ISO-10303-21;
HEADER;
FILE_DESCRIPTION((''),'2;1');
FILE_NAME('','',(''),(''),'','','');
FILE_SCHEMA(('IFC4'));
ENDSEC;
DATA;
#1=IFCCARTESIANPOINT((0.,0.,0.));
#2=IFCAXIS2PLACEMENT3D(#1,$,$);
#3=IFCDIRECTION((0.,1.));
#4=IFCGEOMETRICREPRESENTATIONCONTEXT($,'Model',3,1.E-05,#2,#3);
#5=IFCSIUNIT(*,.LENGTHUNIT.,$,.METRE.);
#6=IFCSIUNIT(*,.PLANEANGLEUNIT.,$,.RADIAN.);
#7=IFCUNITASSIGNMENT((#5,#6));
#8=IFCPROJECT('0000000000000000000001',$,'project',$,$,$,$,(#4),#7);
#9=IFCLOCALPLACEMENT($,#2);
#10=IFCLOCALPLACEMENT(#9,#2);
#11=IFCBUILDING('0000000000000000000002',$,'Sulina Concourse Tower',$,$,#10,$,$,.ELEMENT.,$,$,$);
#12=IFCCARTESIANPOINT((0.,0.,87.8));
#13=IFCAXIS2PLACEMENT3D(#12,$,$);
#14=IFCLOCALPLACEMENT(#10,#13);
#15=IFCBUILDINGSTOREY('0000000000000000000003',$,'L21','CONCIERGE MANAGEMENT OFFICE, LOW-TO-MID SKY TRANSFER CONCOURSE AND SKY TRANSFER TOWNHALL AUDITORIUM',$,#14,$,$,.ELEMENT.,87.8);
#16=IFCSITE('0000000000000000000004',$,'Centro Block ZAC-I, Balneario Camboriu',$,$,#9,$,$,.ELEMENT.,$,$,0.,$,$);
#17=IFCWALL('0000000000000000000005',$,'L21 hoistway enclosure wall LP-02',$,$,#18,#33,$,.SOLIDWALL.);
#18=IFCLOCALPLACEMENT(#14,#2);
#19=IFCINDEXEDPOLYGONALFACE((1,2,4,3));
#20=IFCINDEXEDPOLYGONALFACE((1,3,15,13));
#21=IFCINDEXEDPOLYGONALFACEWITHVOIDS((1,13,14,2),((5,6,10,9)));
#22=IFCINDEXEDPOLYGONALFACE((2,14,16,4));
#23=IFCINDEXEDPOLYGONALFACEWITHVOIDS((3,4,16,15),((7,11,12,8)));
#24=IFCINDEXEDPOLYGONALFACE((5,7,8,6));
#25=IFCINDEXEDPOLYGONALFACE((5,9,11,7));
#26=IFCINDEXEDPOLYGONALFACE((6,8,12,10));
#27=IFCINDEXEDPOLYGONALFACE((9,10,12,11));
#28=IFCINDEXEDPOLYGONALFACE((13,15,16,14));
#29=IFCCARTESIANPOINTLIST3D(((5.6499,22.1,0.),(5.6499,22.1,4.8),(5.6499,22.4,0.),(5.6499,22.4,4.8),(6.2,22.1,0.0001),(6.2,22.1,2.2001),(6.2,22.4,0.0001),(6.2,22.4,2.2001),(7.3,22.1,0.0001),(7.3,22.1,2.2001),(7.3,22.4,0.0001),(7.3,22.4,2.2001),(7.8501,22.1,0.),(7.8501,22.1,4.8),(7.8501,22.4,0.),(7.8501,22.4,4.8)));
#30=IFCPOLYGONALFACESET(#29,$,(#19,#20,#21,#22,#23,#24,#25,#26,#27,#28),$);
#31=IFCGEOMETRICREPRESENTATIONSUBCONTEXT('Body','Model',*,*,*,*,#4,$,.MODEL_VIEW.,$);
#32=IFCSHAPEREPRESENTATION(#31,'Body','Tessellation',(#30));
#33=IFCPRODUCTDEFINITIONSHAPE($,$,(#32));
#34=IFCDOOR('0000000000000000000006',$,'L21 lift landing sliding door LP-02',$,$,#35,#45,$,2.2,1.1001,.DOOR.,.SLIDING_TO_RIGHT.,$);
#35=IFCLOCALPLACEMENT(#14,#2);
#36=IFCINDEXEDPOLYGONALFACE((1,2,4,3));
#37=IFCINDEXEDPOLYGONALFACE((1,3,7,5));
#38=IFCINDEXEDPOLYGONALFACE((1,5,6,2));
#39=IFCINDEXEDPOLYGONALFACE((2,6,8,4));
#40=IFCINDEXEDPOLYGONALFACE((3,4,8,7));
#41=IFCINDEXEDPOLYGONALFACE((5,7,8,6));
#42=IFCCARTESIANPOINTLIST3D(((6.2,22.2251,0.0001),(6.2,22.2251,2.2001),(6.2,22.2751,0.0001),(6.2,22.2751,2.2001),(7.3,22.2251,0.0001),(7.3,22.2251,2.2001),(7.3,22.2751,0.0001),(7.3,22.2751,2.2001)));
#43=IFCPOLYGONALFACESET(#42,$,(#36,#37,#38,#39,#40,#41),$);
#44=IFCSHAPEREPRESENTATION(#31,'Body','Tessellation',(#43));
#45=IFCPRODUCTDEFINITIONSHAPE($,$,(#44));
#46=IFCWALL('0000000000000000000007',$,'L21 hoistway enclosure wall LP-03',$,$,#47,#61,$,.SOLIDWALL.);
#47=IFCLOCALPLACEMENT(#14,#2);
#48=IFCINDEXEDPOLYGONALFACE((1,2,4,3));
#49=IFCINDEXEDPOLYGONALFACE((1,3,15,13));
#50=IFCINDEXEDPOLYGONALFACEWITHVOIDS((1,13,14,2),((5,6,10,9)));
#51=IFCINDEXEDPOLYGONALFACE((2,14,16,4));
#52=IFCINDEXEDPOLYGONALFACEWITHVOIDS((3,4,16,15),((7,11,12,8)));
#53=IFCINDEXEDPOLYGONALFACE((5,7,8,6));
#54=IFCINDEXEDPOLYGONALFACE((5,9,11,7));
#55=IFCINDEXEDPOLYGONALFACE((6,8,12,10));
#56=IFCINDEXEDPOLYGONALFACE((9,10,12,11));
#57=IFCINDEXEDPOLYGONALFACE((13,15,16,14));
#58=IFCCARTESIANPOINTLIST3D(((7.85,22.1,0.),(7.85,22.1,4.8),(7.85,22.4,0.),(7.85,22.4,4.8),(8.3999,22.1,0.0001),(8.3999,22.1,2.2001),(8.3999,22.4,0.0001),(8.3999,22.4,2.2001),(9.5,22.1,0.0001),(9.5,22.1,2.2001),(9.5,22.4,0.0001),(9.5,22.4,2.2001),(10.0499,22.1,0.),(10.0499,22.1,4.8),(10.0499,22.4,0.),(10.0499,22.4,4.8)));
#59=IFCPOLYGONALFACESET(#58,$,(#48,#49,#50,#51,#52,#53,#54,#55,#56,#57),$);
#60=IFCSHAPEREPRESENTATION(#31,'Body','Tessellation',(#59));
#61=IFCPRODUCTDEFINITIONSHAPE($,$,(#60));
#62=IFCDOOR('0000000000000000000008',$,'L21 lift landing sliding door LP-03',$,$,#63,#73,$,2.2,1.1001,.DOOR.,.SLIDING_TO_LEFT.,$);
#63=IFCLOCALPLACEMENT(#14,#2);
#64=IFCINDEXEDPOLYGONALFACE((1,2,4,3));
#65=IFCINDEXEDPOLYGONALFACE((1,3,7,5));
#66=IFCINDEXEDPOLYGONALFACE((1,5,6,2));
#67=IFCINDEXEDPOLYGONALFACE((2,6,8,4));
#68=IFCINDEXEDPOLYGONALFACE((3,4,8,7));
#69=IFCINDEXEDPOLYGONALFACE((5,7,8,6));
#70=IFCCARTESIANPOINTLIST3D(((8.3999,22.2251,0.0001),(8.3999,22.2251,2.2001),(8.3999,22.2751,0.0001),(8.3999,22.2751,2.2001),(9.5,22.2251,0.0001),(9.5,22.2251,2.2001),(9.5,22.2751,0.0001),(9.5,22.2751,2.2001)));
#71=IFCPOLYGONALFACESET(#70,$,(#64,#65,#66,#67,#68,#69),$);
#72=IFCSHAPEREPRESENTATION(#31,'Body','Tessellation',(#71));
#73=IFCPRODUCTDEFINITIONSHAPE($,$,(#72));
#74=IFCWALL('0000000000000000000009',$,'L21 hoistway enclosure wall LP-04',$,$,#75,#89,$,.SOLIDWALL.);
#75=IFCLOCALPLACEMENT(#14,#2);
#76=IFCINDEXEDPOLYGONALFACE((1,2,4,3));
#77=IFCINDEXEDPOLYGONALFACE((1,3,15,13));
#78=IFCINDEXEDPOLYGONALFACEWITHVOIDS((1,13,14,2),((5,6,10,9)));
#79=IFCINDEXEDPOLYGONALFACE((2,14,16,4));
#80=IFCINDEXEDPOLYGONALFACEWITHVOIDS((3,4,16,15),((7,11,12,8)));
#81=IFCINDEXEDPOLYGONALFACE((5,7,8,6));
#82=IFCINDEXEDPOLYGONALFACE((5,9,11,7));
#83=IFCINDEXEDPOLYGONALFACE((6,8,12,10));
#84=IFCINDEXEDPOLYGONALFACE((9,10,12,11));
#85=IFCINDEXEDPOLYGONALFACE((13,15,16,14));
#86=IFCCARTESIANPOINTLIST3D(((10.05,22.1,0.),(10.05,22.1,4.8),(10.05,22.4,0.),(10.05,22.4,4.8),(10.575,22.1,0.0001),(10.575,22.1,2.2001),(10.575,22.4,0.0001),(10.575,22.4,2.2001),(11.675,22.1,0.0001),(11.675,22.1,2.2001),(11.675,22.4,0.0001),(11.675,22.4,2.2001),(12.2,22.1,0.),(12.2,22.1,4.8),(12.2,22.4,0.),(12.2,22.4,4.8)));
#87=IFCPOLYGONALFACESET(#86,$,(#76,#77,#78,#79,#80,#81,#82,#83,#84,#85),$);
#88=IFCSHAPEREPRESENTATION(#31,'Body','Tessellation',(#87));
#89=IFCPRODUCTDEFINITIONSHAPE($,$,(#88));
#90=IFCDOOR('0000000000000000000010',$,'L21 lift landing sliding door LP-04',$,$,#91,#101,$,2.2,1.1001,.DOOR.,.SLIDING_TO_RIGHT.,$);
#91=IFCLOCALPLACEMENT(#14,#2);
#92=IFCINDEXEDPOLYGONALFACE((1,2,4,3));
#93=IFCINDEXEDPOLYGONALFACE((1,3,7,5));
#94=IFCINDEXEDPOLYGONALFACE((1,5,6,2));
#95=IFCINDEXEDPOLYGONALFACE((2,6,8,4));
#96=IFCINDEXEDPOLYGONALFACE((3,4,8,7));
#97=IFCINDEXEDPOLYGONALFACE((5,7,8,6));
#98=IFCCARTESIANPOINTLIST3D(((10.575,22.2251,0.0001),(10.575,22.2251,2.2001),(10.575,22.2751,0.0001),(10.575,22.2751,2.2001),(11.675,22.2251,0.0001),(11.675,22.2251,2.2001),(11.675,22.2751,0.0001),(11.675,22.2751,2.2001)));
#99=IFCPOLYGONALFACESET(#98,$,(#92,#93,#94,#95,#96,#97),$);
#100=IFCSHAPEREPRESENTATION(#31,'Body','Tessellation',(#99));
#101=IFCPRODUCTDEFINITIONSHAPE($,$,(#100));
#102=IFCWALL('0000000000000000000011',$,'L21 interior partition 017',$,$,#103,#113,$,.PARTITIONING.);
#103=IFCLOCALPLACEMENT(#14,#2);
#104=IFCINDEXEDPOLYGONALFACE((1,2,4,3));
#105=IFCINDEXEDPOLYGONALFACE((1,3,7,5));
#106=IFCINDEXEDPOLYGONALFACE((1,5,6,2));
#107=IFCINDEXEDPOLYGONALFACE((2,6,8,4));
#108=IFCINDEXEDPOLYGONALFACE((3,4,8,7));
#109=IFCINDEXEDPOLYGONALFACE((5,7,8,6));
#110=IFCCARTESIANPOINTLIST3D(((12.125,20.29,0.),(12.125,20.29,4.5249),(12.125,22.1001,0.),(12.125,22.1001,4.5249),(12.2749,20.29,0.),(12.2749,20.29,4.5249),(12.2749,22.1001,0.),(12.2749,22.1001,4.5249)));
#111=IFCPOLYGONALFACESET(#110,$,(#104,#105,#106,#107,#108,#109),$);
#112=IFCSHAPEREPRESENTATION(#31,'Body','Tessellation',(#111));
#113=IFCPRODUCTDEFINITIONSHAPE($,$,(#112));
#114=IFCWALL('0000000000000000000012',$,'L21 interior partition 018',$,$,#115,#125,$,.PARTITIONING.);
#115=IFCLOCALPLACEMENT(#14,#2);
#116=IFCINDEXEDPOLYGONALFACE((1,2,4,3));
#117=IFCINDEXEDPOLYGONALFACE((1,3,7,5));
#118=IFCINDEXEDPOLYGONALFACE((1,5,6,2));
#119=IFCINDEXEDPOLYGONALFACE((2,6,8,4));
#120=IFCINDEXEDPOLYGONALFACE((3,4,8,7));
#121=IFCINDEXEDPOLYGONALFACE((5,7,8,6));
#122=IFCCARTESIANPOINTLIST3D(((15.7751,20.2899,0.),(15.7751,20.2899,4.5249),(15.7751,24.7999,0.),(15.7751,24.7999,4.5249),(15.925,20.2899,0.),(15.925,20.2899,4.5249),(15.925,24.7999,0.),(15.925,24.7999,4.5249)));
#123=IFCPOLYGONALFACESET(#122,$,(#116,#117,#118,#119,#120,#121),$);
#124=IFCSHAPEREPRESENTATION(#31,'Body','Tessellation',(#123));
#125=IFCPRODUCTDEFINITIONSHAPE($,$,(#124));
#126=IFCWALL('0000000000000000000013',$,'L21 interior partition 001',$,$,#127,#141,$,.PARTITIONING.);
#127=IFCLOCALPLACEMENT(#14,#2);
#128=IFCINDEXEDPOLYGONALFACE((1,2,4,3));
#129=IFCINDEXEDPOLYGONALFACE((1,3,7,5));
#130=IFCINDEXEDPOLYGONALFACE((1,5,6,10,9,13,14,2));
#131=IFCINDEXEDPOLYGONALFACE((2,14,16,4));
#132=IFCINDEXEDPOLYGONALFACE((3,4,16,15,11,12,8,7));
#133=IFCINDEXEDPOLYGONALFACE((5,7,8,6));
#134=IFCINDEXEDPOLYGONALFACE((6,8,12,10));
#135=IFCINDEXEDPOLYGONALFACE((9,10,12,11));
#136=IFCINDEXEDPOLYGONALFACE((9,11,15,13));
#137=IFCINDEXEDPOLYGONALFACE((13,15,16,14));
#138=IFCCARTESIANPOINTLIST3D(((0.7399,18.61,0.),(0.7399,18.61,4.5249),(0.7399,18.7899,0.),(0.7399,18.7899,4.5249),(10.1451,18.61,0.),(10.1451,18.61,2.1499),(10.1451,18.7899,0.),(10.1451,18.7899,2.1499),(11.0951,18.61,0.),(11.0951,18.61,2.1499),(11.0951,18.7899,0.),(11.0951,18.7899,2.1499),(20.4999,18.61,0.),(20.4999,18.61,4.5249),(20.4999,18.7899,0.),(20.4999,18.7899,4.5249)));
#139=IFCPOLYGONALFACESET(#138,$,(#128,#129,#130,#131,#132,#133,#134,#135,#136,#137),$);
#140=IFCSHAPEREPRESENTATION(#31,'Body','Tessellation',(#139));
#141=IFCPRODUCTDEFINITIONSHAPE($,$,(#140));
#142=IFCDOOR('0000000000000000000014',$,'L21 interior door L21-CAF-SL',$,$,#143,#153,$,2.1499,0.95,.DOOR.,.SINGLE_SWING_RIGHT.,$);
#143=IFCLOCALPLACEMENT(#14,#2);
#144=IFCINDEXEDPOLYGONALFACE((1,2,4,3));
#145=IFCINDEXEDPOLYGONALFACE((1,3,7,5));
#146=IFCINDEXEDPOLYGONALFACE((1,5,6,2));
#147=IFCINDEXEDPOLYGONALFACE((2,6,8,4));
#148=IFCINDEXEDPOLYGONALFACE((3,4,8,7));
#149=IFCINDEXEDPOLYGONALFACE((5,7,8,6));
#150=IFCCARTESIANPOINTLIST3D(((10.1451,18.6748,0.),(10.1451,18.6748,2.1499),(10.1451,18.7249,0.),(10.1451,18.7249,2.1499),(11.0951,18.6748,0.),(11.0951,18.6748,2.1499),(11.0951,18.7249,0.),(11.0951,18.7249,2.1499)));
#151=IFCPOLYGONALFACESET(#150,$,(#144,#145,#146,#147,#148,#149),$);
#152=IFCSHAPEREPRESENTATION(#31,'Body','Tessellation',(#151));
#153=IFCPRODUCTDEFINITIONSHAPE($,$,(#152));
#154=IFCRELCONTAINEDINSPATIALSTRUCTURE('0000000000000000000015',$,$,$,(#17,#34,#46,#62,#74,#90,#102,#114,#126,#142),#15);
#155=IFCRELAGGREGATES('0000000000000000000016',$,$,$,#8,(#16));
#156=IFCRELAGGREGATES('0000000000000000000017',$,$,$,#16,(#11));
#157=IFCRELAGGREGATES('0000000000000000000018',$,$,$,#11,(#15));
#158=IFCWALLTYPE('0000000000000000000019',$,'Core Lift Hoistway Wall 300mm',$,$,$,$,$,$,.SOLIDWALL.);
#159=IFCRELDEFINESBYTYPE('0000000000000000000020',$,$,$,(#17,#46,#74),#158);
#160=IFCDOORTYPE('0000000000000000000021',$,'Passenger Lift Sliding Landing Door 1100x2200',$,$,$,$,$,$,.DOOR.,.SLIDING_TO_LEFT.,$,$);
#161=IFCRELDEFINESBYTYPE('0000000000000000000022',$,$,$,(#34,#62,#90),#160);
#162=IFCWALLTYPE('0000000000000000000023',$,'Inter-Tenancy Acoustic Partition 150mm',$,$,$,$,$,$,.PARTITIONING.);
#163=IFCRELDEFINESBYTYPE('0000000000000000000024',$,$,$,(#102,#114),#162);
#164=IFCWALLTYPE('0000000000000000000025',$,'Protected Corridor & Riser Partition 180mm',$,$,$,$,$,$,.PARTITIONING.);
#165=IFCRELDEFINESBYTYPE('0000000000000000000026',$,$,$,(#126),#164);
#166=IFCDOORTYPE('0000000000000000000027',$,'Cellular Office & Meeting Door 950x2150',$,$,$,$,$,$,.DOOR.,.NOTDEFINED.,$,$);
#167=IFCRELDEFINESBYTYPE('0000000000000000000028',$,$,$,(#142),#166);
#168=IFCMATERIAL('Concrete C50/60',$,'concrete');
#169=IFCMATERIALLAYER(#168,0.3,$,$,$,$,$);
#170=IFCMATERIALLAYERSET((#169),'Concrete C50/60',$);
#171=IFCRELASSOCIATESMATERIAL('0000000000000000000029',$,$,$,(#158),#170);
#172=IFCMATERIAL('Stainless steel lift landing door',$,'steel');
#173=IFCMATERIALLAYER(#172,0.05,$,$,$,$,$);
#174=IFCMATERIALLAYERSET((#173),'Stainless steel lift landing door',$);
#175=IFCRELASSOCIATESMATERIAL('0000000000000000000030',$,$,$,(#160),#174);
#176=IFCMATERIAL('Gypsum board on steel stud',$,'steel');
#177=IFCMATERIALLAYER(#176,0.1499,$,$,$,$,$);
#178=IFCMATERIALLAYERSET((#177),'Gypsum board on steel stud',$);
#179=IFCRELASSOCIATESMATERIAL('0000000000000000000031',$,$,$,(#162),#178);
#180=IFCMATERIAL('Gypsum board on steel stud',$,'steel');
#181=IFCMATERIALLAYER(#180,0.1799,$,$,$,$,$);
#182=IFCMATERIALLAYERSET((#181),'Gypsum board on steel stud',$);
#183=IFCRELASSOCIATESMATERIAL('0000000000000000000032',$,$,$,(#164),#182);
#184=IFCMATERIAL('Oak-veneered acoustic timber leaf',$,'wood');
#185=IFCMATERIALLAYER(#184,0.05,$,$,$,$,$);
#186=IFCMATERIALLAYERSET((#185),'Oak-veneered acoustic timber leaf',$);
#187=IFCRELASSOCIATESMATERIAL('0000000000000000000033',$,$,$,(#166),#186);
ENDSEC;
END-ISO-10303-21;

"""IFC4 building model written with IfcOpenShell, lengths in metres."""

from ifc_helpers import new_model, si_unit, direction, frame, frame_2d, origin, place, context, subcontext, project, spatial, rectangle, extrude, material, layer, layer_set, type_object, element, fill, save


model = new_model("IFC4")

# Units and contexts
model_context = context("Model", 3, precision=1e-05, world=origin(), true_north=direction((0.0, 1.0)))
body_context = subcontext(model_context, "Body", "Model", "MODEL_VIEW")
ifc_project = project(units=[si_unit("LENGTHUNIT", "METRE"), si_unit("PLANEANGLEUNIT", "RADIAN")], contexts=[model_context])

# Site, building, storey
site_placement = place(None, origin())
site = spatial("IfcSite", under=ifc_project, at=site_placement, Name="Centro Block ZAC-I, Balneario Camboriu", CompositionType="ELEMENT", RefElevation=0.0)
building_placement = place(site_placement, origin())
building = spatial("IfcBuilding", under=site, at=building_placement, Name="Sulina Concourse Tower", CompositionType="ELEMENT")
storey_placement = place(building_placement, frame((0.0, 0.0, 87.8)))
storey = spatial("IfcBuildingStorey", under=building, at=storey_placement, Name="L21", Description="CONCIERGE MANAGEMENT OFFICE, LOW-TO-MID SKY TRANSFER CONCOURSE AND SKY TRANSFER TOWNHALL AUDITORIUM", CompositionType="ELEMENT", Elevation=87.8)

# Walls, openings, doors
ifc_material_1 = material(Name="Concrete C50/60", Category="concrete")
ifc_layer_1 = layer(ifc_material_1, 0.3)
ifc_layer_set_1 = layer_set([ifc_layer_1], Name="Concrete C50/60")
wall_type_1 = type_object("IfcWallType", Name="Core Lift Hoistway Wall 300mm", PredefinedType="SOLIDWALL", material=ifc_layer_set_1)
ifc_material_2 = material(Name="Stainless steel lift landing door", Category="steel")
ifc_layer_2 = layer(ifc_material_2, 0.05)
ifc_layer_set_2 = layer_set([ifc_layer_2], Name="Stainless steel lift landing door")
door_type_1 = type_object("IfcDoorType", Name="Passenger Lift Sliding Landing Door 1100x2200", OperationType="SLIDING_TO_LEFT", PredefinedType="DOOR", material=ifc_layer_set_2)
wall_1_placement = place(storey_placement, frame((7.8501, 22.25, 0.0), z_axis=(0.0, 0.0, 1.0), x_axis=(-1.0, 0.0, 0.0)))
wall_1 = element("IfcWall", 1, at=wall_1_placement, inside=storey, type_object=wall_type_1, Name="L21 hoistway enclosure wall LP-02", PredefinedType="SOLIDWALL", context=body_context, shape_type="SweptSolid", body=[
    extrude(rectangle(XDim=2.2002, YDim=0.3, at=frame_2d((1.1001, 0.0))), origin(), (0.0, 0.0, 1.0), 4.8),
])
opening_1_placement = place(wall_1_placement, frame((0.55, 0.0, 0.0)))
opening_1 = element("IfcOpeningElement", 2, at=opening_1_placement, cuts=wall_1, PredefinedType="OPENING", context=body_context, shape_type="SweptSolid", body=[
    extrude(rectangle(XDim=1.1001, YDim=2.2, at=frame_2d((0.55, 1.1001))), frame((0.0, 0.1599, 0.0), z_axis=(0.0, -1.0, 0.0), x_axis=(1.0, 0.0, 0.0)), (0.0, 0.0, 1.0), 0.3201),
])
door_1_placement = place(opening_1_placement, origin())
door_1 = element("IfcDoor", 3, at=door_1_placement, inside=storey, type_object=door_type_1, Name="L21 lift landing sliding door LP-02", OperationType="SLIDING_TO_RIGHT", OverallHeight=2.2, OverallWidth=1.1001, PredefinedType="DOOR", context=body_context, shape_type="SweptSolid", body=[
    extrude(rectangle(XDim=1.1001, YDim=2.2, at=frame_2d((0.55, 1.1001))), frame((0.0, 0.0249, 0.0), z_axis=(0.0, -1.0, 0.0), x_axis=(1.0, 0.0, 0.0)), (0.0, 0.0, 1.0), 0.05),
])
fill(opening_1, door_1)
wall_2_placement = place(storey_placement, frame((10.05, 22.25, 0.0), z_axis=(0.0, 0.0, 1.0), x_axis=(-1.0, 0.0, 0.0)))
wall_2 = element("IfcWall", 4, at=wall_2_placement, inside=storey, type_object=wall_type_1, Name="L21 hoistway enclosure wall LP-03", PredefinedType="SOLIDWALL", context=body_context, shape_type="SweptSolid", body=[
    extrude(rectangle(XDim=2.2, YDim=0.3, at=frame_2d((1.1001, 0.0))), origin(), (0.0, 0.0, 1.0), 4.8),
])
opening_2_placement = place(wall_2_placement, frame((0.55, 0.0, 0.0)))
opening_2 = element("IfcOpeningElement", 5, at=opening_2_placement, cuts=wall_2, PredefinedType="OPENING", context=body_context, shape_type="SweptSolid", body=[
    extrude(rectangle(XDim=1.1001, YDim=2.2, at=frame_2d((0.55, 1.1001))), frame((0.0, 0.1599, 0.0), z_axis=(0.0, -1.0, 0.0), x_axis=(1.0, 0.0, 0.0)), (0.0, 0.0, 1.0), 0.3201),
])
door_2_placement = place(opening_2_placement, origin())
door_2 = element("IfcDoor", 6, at=door_2_placement, inside=storey, type_object=door_type_1, Name="L21 lift landing sliding door LP-03", OperationType="SLIDING_TO_LEFT", OverallHeight=2.2, OverallWidth=1.1001, PredefinedType="DOOR", context=body_context, shape_type="SweptSolid", body=[
    extrude(rectangle(XDim=1.1001, YDim=2.2, at=frame_2d((0.55, 1.1001))), frame((0.0, 0.0249, 0.0), z_axis=(0.0, -1.0, 0.0), x_axis=(1.0, 0.0, 0.0)), (0.0, 0.0, 1.0), 0.05),
])
fill(opening_2, door_2)
wall_3_placement = place(storey_placement, frame((12.2, 22.25, 0.0), z_axis=(0.0, 0.0, 1.0), x_axis=(-1.0, 0.0, 0.0)))
wall_3 = element("IfcWall", 7, at=wall_3_placement, inside=storey, type_object=wall_type_1, Name="L21 hoistway enclosure wall LP-04", PredefinedType="SOLIDWALL", context=body_context, shape_type="SweptSolid", body=[
    extrude(rectangle(XDim=2.1499, YDim=0.3, at=frame_2d((1.075, 0.0))), origin(), (0.0, 0.0, 1.0), 4.8),
])
opening_3_placement = place(wall_3_placement, frame((0.5249, 0.0, 0.0)))
opening_3 = element("IfcOpeningElement", 8, at=opening_3_placement, cuts=wall_3, PredefinedType="OPENING", context=body_context, shape_type="SweptSolid", body=[
    extrude(rectangle(XDim=1.1001, YDim=2.2, at=frame_2d((0.55, 1.1001))), frame((0.0, 0.1599, 0.0), z_axis=(0.0, -1.0, 0.0), x_axis=(1.0, 0.0, 0.0)), (0.0, 0.0, 1.0), 0.3201),
])
door_3_placement = place(opening_3_placement, origin())
door_3 = element("IfcDoor", 9, at=door_3_placement, inside=storey, type_object=door_type_1, Name="L21 lift landing sliding door LP-04", OperationType="SLIDING_TO_RIGHT", OverallHeight=2.2, OverallWidth=1.1001, PredefinedType="DOOR", context=body_context, shape_type="SweptSolid", body=[
    extrude(rectangle(XDim=1.1001, YDim=2.2, at=frame_2d((0.55, 1.1001))), frame((0.0, 0.0249, 0.0), z_axis=(0.0, -1.0, 0.0), x_axis=(1.0, 0.0, 0.0)), (0.0, 0.0, 1.0), 0.05),
])
fill(opening_3, door_3)

# Walls
ifc_material_3 = material(Name="Gypsum board on steel stud", Category="steel")
ifc_layer_3 = layer(ifc_material_3, 0.1499)
ifc_layer_set_3 = layer_set([ifc_layer_3], Name="Gypsum board on steel stud")
wall_type_2 = type_object("IfcWallType", Name="Inter-Tenancy Acoustic Partition 150mm", PredefinedType="PARTITIONING", material=ifc_layer_set_3)
wall_4_placement = place(storey_placement, frame((12.2, 20.29, 0.0), z_axis=(0.0, 0.0, 1.0), x_axis=(0.0, 1.0, 0.0)))
element("IfcWall", 10, at=wall_4_placement, inside=storey, type_object=wall_type_2, Name="L21 interior partition 017", PredefinedType="PARTITIONING", context=body_context, shape_type="SweptSolid", body=[
    extrude(rectangle(XDim=1.8101, YDim=0.1499, at=frame_2d((0.905, 0.0))), origin(), (0.0, 0.0, 1.0), 4.5249),
])
wall_5_placement = place(storey_placement, frame((15.8501, 20.29, 0.0), z_axis=(0.0, 0.0, 1.0), x_axis=(0.0, 1.0, 0.0)))
element("IfcWall", 11, at=wall_5_placement, inside=storey, type_object=wall_type_2, Name="L21 interior partition 018", PredefinedType="PARTITIONING", context=body_context, shape_type="SweptSolid", body=[
    extrude(rectangle(XDim=4.51, YDim=0.1499, at=frame_2d((2.2549, 0.0))), origin(), (0.0, 0.0, 1.0), 4.5249),
])

# Wall, opening, door
ifc_material_4 = material(Name="Gypsum board on steel stud", Category="steel")
ifc_layer_4 = layer(ifc_material_4, 0.1799)
ifc_layer_set_4 = layer_set([ifc_layer_4], Name="Gypsum board on steel stud")
wall_type_3 = type_object("IfcWallType", Name="Protected Corridor & Riser Partition 180mm", PredefinedType="PARTITIONING", material=ifc_layer_set_4)
wall_6_placement = place(storey_placement, frame((0.74, 18.7, 0.0), z_axis=(0.0, 0.0, 1.0), x_axis=(1.0, 0.0, 0.0)))
wall_6 = element("IfcWall", 12, at=wall_6_placement, inside=storey, type_object=wall_type_3, Name="L21 interior partition 001", PredefinedType="PARTITIONING", context=body_context, shape_type="SweptSolid", body=[
    extrude(rectangle(XDim=19.76, YDim=0.1799, at=frame_2d((9.8799, 0.0))), origin(), (0.0, 0.0, 1.0), 4.5249),
])
opening_4_placement = place(wall_6_placement, frame((9.405, 0.0, 0.0)))
opening_4 = element("IfcOpeningElement", 13, at=opening_4_placement, cuts=wall_6, PredefinedType="OPENING", context=body_context, shape_type="SweptSolid", body=[
    extrude(rectangle(XDim=0.95, YDim=2.1499, at=frame_2d((0.4751, 1.075))), frame((0.0, 0.0999, 0.0), z_axis=(0.0, -1.0, 0.0), x_axis=(1.0, 0.0, 0.0)), (0.0, 0.0, 1.0), 0.2),
])
ifc_material_5 = material(Name="Oak-veneered acoustic timber leaf", Category="wood")
ifc_layer_5 = layer(ifc_material_5, 0.05)
ifc_layer_set_5 = layer_set([ifc_layer_5], Name="Oak-veneered acoustic timber leaf")
door_type_2 = type_object("IfcDoorType", Name="Cellular Office & Meeting Door 950x2150", OperationType="NOTDEFINED", PredefinedType="DOOR", material=ifc_layer_set_5)
door_4_placement = place(opening_4_placement, origin())
door_4 = element("IfcDoor", 14, at=door_4_placement, inside=storey, type_object=door_type_2, Name="L21 interior door L21-CAF-SL", OperationType="SINGLE_SWING_RIGHT", OverallHeight=2.1499, OverallWidth=0.95, PredefinedType="DOOR", context=body_context, shape_type="SweptSolid", body=[
    extrude(rectangle(XDim=0.95, YDim=2.1499, at=frame_2d((0.4751, 1.075))), frame((0.0, 0.0249, 0.0), z_axis=(0.0, -1.0, 0.0), x_axis=(1.0, 0.0, 0.0)), (0.0, 0.0, 1.0), 0.05),
])
fill(opening_4, door_4)

save(model, "model.ifc")
